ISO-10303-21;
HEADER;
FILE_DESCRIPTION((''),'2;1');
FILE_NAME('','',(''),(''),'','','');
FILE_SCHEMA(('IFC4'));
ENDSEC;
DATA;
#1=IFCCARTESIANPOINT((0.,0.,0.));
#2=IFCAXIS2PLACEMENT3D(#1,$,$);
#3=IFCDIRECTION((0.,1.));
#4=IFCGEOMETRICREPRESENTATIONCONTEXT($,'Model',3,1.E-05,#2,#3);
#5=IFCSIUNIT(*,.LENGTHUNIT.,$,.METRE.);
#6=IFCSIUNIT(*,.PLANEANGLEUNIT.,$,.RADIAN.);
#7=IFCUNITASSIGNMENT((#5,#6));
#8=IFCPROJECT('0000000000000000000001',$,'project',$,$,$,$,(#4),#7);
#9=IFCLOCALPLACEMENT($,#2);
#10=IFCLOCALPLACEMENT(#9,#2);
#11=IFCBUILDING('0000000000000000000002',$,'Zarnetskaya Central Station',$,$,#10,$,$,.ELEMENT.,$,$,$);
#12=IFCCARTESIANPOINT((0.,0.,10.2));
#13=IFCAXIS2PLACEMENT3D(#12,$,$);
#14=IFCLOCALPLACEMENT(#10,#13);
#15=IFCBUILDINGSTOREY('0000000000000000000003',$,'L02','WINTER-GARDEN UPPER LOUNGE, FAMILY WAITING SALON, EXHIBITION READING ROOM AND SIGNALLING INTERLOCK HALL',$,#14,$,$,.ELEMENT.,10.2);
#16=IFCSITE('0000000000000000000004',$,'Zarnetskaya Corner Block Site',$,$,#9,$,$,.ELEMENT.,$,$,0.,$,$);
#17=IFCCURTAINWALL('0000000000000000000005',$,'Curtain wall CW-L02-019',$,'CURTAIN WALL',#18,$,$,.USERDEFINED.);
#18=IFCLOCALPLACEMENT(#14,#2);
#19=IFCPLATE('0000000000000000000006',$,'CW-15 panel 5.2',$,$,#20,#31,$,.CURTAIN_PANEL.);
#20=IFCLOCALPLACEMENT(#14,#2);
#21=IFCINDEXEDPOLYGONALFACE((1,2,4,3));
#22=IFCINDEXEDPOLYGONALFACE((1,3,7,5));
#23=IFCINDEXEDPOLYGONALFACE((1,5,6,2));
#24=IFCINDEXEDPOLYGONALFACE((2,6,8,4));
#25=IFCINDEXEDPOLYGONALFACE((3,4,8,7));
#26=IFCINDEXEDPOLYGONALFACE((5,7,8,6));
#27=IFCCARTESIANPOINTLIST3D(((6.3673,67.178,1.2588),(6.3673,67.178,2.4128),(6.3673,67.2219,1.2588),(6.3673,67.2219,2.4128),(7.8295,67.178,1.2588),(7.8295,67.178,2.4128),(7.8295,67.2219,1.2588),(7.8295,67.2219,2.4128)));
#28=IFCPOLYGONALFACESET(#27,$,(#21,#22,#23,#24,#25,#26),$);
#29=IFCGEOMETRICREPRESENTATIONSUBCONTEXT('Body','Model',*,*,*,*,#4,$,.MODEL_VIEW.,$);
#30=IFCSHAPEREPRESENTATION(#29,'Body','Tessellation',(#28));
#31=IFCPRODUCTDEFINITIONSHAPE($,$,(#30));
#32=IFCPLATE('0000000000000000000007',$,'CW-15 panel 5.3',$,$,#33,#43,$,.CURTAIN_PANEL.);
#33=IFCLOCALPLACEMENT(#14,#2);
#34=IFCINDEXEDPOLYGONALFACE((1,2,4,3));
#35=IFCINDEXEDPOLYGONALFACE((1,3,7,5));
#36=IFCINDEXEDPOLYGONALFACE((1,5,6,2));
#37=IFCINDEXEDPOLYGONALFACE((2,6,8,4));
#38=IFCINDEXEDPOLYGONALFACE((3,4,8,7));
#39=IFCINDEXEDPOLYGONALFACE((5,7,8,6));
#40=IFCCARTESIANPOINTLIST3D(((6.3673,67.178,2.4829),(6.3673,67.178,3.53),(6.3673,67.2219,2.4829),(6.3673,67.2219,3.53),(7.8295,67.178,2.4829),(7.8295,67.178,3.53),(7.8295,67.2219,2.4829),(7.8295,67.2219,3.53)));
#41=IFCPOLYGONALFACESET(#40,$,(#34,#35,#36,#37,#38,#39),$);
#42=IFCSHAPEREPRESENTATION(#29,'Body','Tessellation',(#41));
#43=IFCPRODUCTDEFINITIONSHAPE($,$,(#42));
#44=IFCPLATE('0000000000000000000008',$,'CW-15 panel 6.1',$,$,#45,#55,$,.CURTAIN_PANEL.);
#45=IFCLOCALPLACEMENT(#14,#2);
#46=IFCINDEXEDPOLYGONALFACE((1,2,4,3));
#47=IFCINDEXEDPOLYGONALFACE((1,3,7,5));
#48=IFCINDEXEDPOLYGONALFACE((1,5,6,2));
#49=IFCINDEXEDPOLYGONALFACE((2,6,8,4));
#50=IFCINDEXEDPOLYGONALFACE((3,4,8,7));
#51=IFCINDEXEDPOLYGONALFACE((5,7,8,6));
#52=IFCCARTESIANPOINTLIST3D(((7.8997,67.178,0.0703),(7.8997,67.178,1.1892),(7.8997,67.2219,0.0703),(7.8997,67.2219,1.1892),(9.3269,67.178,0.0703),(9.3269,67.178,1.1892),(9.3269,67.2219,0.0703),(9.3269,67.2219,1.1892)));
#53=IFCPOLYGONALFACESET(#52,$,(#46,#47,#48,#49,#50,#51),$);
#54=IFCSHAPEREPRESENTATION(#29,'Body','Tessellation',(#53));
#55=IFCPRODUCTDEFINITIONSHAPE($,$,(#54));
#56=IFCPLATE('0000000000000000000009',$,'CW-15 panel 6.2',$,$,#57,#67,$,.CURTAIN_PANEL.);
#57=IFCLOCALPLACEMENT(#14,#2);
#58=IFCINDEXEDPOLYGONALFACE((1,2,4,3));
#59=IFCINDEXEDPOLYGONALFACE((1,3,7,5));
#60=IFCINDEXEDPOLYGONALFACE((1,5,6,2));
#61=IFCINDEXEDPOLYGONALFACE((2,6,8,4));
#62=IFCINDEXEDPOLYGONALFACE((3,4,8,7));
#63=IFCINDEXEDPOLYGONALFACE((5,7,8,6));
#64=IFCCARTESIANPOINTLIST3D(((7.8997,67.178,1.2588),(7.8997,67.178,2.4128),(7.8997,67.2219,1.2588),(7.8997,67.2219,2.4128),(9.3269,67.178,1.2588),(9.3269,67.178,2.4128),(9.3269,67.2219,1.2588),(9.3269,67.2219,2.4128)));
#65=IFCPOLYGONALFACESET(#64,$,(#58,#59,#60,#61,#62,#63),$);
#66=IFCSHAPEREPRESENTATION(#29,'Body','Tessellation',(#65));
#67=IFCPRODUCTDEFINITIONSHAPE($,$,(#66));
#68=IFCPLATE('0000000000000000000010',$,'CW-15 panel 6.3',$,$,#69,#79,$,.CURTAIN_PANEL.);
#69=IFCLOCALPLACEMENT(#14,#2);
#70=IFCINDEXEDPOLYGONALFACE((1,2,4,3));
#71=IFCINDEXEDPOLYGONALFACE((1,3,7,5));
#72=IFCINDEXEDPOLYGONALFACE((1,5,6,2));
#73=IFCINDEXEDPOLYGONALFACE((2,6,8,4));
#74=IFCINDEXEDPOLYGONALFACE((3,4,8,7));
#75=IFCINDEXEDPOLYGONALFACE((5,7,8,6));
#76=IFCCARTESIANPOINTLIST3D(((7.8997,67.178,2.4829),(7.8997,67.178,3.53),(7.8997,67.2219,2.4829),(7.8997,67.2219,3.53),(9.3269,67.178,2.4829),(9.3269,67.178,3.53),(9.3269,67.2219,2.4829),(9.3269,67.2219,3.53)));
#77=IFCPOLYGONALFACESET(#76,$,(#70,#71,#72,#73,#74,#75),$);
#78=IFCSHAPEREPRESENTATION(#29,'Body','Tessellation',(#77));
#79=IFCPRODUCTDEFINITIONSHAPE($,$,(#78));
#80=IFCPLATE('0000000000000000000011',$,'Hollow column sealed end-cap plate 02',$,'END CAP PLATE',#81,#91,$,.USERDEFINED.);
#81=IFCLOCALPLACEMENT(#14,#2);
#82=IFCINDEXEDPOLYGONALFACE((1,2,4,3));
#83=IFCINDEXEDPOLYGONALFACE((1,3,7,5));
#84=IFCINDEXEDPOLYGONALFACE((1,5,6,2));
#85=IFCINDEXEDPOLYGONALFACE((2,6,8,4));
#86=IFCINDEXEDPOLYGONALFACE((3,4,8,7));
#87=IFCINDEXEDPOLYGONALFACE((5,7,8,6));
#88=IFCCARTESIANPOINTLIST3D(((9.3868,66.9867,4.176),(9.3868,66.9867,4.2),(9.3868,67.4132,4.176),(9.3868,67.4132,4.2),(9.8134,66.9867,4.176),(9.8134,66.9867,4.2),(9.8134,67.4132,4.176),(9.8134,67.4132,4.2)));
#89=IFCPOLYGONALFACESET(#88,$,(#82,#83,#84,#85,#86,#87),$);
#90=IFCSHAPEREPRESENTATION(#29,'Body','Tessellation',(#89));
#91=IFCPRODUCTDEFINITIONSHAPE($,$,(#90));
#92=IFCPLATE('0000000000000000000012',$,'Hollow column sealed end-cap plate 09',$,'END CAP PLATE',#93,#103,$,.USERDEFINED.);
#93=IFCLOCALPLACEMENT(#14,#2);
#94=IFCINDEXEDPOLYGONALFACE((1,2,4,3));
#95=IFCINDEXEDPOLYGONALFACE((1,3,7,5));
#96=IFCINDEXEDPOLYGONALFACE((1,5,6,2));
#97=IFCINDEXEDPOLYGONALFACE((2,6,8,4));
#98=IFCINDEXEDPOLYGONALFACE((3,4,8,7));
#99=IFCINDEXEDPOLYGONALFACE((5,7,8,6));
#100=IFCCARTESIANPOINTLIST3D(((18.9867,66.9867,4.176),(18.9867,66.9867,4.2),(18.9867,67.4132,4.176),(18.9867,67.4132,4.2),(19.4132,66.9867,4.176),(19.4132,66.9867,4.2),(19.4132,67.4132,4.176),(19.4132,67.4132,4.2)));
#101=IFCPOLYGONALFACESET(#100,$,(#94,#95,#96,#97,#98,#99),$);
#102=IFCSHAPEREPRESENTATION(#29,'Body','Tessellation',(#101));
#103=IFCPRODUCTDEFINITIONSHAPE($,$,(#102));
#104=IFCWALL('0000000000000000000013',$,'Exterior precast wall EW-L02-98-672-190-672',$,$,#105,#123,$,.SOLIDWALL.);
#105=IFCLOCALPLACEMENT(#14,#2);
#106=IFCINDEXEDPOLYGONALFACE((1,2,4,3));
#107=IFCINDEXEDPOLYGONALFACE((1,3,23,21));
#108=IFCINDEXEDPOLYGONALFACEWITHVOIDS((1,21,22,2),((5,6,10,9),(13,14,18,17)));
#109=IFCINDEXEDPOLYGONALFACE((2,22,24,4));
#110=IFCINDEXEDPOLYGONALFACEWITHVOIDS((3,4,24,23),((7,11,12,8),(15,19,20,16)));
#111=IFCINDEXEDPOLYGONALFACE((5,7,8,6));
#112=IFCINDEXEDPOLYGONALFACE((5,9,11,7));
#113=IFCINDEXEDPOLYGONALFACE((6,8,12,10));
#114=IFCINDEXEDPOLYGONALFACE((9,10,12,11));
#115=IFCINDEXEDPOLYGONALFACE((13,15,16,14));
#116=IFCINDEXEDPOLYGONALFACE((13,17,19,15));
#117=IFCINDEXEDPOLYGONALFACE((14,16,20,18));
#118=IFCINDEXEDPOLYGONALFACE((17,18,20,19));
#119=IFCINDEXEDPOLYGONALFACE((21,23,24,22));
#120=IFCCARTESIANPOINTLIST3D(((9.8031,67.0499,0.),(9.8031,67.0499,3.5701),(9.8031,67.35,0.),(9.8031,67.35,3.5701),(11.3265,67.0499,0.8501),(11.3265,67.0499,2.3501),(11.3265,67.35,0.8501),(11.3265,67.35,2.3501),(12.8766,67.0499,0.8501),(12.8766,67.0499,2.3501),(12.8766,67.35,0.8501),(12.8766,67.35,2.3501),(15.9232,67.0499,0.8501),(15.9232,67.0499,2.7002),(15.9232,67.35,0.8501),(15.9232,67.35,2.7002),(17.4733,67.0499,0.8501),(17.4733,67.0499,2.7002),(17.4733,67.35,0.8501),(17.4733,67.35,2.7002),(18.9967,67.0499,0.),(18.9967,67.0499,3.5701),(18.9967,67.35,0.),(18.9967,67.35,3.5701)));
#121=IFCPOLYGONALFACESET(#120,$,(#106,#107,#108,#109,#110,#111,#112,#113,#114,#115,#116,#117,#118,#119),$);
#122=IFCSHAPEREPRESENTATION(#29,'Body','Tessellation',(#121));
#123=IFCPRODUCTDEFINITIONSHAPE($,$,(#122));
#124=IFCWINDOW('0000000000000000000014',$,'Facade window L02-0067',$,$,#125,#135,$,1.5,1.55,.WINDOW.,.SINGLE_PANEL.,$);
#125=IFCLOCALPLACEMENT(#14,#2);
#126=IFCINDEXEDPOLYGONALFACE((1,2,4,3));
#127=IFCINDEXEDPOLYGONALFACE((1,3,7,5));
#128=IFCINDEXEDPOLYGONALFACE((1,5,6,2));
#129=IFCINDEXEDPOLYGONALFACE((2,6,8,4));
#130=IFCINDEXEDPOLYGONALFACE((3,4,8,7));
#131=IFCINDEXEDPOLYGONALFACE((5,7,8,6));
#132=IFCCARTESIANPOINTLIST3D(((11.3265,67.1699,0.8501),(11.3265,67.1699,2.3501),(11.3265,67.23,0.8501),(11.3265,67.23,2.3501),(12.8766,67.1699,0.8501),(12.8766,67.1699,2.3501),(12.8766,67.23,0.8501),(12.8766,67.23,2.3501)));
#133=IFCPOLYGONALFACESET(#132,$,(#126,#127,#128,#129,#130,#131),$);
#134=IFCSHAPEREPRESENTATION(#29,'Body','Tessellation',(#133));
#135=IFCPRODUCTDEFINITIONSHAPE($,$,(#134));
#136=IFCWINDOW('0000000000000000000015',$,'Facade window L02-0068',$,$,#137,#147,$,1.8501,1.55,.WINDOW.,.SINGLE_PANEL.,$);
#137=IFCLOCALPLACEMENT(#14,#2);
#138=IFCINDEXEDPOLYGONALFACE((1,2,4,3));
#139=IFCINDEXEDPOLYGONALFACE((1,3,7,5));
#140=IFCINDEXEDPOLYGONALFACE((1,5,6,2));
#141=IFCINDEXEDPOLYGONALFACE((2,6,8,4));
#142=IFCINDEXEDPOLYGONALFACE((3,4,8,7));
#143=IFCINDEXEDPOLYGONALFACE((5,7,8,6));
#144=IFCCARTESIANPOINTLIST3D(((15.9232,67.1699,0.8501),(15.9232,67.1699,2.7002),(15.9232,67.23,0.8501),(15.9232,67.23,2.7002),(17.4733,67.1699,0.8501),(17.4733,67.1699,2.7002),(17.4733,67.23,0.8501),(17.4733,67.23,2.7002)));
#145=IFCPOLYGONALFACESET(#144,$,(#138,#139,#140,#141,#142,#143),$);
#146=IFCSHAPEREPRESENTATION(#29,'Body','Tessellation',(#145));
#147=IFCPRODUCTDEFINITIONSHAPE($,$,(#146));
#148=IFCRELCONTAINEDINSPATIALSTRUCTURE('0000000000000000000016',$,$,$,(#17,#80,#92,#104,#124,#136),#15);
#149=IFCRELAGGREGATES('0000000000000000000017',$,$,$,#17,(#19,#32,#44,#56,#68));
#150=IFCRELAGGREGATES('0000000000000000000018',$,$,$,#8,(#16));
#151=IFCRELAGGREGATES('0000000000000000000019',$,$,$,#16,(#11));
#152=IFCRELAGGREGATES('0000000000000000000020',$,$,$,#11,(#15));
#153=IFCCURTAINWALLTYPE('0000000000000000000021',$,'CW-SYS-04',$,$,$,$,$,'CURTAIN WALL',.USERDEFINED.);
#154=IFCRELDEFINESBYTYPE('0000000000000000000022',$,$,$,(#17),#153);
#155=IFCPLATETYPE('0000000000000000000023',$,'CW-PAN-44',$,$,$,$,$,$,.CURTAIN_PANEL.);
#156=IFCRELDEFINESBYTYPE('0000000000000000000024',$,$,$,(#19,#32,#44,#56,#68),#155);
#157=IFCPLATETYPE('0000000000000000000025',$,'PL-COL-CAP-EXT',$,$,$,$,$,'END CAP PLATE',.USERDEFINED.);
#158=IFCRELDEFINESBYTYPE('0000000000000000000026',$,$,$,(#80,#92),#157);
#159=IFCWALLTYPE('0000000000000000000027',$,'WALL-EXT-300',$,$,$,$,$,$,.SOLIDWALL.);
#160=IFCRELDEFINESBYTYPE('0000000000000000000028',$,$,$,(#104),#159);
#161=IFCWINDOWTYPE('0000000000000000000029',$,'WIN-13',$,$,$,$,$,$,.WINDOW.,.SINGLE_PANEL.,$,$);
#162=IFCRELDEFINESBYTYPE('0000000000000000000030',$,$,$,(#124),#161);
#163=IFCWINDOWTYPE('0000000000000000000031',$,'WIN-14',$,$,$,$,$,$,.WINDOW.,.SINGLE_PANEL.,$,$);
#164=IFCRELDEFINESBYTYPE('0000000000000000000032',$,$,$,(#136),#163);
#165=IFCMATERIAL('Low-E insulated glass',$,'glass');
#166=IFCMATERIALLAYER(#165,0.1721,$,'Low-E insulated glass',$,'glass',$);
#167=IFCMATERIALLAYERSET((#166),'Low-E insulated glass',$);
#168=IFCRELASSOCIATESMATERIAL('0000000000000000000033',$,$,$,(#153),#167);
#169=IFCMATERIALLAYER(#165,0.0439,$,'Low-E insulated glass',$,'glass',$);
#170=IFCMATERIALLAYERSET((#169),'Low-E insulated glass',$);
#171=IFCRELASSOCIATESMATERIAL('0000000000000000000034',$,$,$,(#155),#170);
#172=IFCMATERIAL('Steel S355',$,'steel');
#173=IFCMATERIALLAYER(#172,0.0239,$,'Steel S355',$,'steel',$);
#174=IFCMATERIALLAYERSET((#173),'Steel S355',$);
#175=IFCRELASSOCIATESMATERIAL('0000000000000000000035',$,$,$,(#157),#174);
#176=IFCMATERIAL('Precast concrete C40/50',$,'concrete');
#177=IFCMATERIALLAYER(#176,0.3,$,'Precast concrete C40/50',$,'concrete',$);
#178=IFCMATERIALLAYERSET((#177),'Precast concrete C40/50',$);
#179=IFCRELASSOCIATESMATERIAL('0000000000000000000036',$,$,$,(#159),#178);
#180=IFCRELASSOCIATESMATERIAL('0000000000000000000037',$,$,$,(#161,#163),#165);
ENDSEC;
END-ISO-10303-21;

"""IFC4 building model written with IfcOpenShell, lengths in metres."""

from ifc_helpers import new_model, si_unit, direction, frame, frame_2d, origin, origin_2d, place, context, subcontext, project, spatial, rectangle, extrude, material, layer, layer_set, type_object, element, fill, aggregate, save


model = new_model("IFC4")

# Units and contexts
model_context = context("Model", 3, precision=1e-05, world=origin(), true_north=direction((0.0, 1.0)))
body_context = subcontext(model_context, "Body", "Model", "MODEL_VIEW")
ifc_project = project(units=[si_unit("LENGTHUNIT", "METRE"), si_unit("PLANEANGLEUNIT", "RADIAN")], contexts=[model_context])

# Site, building, storey
site_placement = place(None, origin())
site = spatial("IfcSite", under=ifc_project, at=site_placement, Name="Zarnetskaya Corner Block Site", CompositionType="ELEMENT", RefElevation=0.0)
building_placement = place(site_placement, origin())
building = spatial("IfcBuilding", under=site, at=building_placement, Name="Zarnetskaya Central Station", CompositionType="ELEMENT")
storey_placement = place(building_placement, frame((0.0, 0.0, 10.2)))
storey = spatial("IfcBuildingStorey", under=building, at=storey_placement, Name="L02", Description="WINTER-GARDEN UPPER LOUNGE, FAMILY WAITING SALON, EXHIBITION READING ROOM AND SIGNALLING INTERLOCK HALL", CompositionType="ELEMENT", Elevation=10.2)

# Shared definitions
ifc_material_1 = material(Name="Steel S355", Category="steel")

# Curtain wall
ifc_material_2 = material(Name="Low-E insulated glass", Category="glass")
ifc_layer_1 = layer(ifc_material_2, 0.1721, Name="Low-E insulated glass", Category="glass")
ifc_layer_set_1 = layer_set([ifc_layer_1], Name="Low-E insulated glass")
curtain_wall_type_1 = type_object("IfcCurtainWallType", Name="CW-SYS-04", ElementType="CURTAIN WALL", PredefinedType="USERDEFINED", material=ifc_layer_set_1)
curtain_wall_1_placement = place(storey_placement, origin())
curtain_wall_1 = element("IfcCurtainWall", 1, at=curtain_wall_1_placement, inside=storey, type_object=curtain_wall_type_1, Name="Curtain wall CW-L02-019", ObjectType="CURTAIN WALL", PredefinedType="USERDEFINED")

# Plates
ifc_layer_2 = layer(ifc_material_2, 0.0439, Name="Low-E insulated glass", Category="glass")
ifc_layer_set_2 = layer_set([ifc_layer_2], Name="Low-E insulated glass")
plate_type_1 = type_object("IfcPlateType", Name="CW-PAN-44", PredefinedType="CURTAIN_PANEL", material=ifc_layer_set_2)
plate_1_placement = place(storey_placement, frame((7.0984, 67.2, 1.2588), z_axis=(0.0, 0.0, 1.0), x_axis=(1.0, 0.0, 0.0)))
plate_1 = element("IfcPlate", 2, at=plate_1_placement, type_object=plate_type_1, Name="CW-15 panel 5.2", PredefinedType="CURTAIN_PANEL", context=body_context, shape_type="SweptSolid", body=[
    extrude(rectangle(XDim=1.4622, YDim=0.0439, at=origin_2d()), origin(), (0.0, 0.0, 1.0), 1.1541),
])
plate_2_placement = place(storey_placement, frame((7.0984, 67.2, 2.4829), z_axis=(0.0, 0.0, 1.0), x_axis=(1.0, 0.0, 0.0)))
plate_2 = element("IfcPlate", 3, at=plate_2_placement, type_object=plate_type_1, Name="CW-15 panel 5.3", PredefinedType="CURTAIN_PANEL", context=body_context, shape_type="SweptSolid", body=[
    extrude(rectangle(XDim=1.4622, YDim=0.0439, at=origin_2d()), origin(), (0.0, 0.0, 1.0), 1.0471),
])
plate_3_placement = place(storey_placement, frame((8.6133, 67.2, 0.0703), z_axis=(0.0, 0.0, 1.0), x_axis=(1.0, 0.0, 0.0)))
plate_3 = element("IfcPlate", 4, at=plate_3_placement, type_object=plate_type_1, Name="CW-15 panel 6.1", PredefinedType="CURTAIN_PANEL", context=body_context, shape_type="SweptSolid", body=[
    extrude(rectangle(XDim=1.4272, YDim=0.0439, at=origin_2d()), origin(), (0.0, 0.0, 1.0), 1.1189),
])
plate_4_placement = place(storey_placement, frame((8.6133, 67.2, 1.2588), z_axis=(0.0, 0.0, 1.0), x_axis=(1.0, 0.0, 0.0)))
plate_4 = element("IfcPlate", 5, at=plate_4_placement, type_object=plate_type_1, Name="CW-15 panel 6.2", PredefinedType="CURTAIN_PANEL", context=body_context, shape_type="SweptSolid", body=[
    extrude(rectangle(XDim=1.4272, YDim=0.0439, at=origin_2d()), origin(), (0.0, 0.0, 1.0), 1.1541),
])
plate_5_placement = place(storey_placement, frame((8.6133, 67.2, 2.4829), z_axis=(0.0, 0.0, 1.0), x_axis=(1.0, 0.0, 0.0)))
plate_5 = element("IfcPlate", 6, at=plate_5_placement, type_object=plate_type_1, Name="CW-15 panel 6.3", PredefinedType="CURTAIN_PANEL", context=body_context, shape_type="SweptSolid", body=[
    extrude(rectangle(XDim=1.4272, YDim=0.0439, at=origin_2d()), origin(), (0.0, 0.0, 1.0), 1.0471),
])
aggregate(curtain_wall_1, [plate_1, plate_2, plate_3, plate_4, plate_5])

# Plates
ifc_layer_3 = layer(ifc_material_1, 0.0239, Name="Steel S355", Category="steel")
ifc_layer_set_3 = layer_set([ifc_layer_3], Name="Steel S355")
plate_type_2 = type_object("IfcPlateType", Name="PL-COL-CAP-EXT", ElementType="END CAP PLATE", PredefinedType="USERDEFINED", material=ifc_layer_set_3)
for number, where, z_axis, x_axis, name in (
    (7, (9.6001, 67.2, 4.176), (0.0, 0.0, 1.0), (1.0, 0.0, 0.0), "Hollow column sealed end-cap plate 02"),
    (8, (19.2, 67.2, 4.176), (0.0, 0.0, 1.0), (1.0, 0.0, 0.0), "Hollow column sealed end-cap plate 09"),
):
    element("IfcPlate", number, at=place(storey_placement, frame(where, z_axis=z_axis, x_axis=x_axis)), inside=storey, type_object=plate_type_2, Name=name, ObjectType="END CAP PLATE", PredefinedType="USERDEFINED", context=body_context, shape_type="SweptSolid", body=[
        extrude(rectangle(XDim=0.4265, YDim=0.4265, at=origin_2d()), origin(), (0.0, 0.0, 1.0), 0.0239),
    ])

# Wall, openings, windows
ifc_material_3 = material(Name="Precast concrete C40/50", Category="concrete")
ifc_layer_4 = layer(ifc_material_3, 0.3, Name="Precast concrete C40/50", Category="concrete")
ifc_layer_set_4 = layer_set([ifc_layer_4], Name="Precast concrete C40/50")
wall_type = type_object("IfcWallType", Name="WALL-EXT-300", PredefinedType="SOLIDWALL", material=ifc_layer_set_4)
wall_placement = place(storey_placement, frame((9.8032, 67.2, 0.0), z_axis=(0.0, 0.0, 1.0), x_axis=(1.0, 0.0, 0.0)))
wall = element("IfcWall", 9, at=wall_placement, inside=storey, type_object=wall_type, Name="Exterior precast wall EW-L02-98-672-190-672", PredefinedType="SOLIDWALL", context=body_context, shape_type="SweptSolid", body=[
    extrude(rectangle(XDim=9.1936, YDim=0.3, at=frame_2d((4.5967, 0.0))), origin(), (0.0, 0.0, 1.0), 3.5701),
])
opening_1_placement = place(wall_placement, frame((1.5234, 0.0, 0.8501)))
opening_1 = element("IfcOpeningElement", 10, at=opening_1_placement, cuts=wall, PredefinedType="OPENING", context=body_context, shape_type="SweptSolid", body=[
    extrude(rectangle(XDim=1.55, YDim=1.5, at=frame_2d((0.7749, 0.75))), frame((0.0, 0.1602, 0.0), z_axis=(0.0, -1.0, 0.0), x_axis=(1.0, 0.0, 0.0)), (0.0, 0.0, 1.0), 0.3201),
])
opening_2_placement = place(wall_placement, frame((6.1201, 0.0, 0.8501)))
opening_2 = element("IfcOpeningElement", 11, at=opening_2_placement, cuts=wall, PredefinedType="OPENING", context=body_context, shape_type="SweptSolid", body=[
    extrude(rectangle(XDim=1.55, YDim=1.8501, at=frame_2d((0.7749, 0.925))), frame((0.0, 0.1602, 0.0), z_axis=(0.0, -1.0, 0.0), x_axis=(1.0, 0.0, 0.0)), (0.0, 0.0, 1.0), 0.3201),
])
window_type_1 = type_object("IfcWindowType", Name="WIN-13", PartitioningType="SINGLE_PANEL", PredefinedType="WINDOW", material=ifc_material_2)
window_1_placement = place(opening_1_placement, origin())
window_1 = element("IfcWindow", 12, at=window_1_placement, inside=storey, type_object=window_type_1, Name="Facade window L02-0067", OverallHeight=1.5, OverallWidth=1.55, PartitioningType="SINGLE_PANEL", PredefinedType="WINDOW", context=body_context, shape_type="SweptSolid", body=[
    extrude(rectangle(XDim=1.55, YDim=1.5, at=frame_2d((0.7749, 0.75))), frame((0.0, 0.03, 0.0), z_axis=(0.0, -1.0, 0.0), x_axis=(1.0, 0.0, 0.0)), (0.0, 0.0, 1.0), 0.0601),
])
fill(opening_1, window_1)
window_type_2 = type_object("IfcWindowType", Name="WIN-14", PartitioningType="SINGLE_PANEL", PredefinedType="WINDOW", material=ifc_material_2)
window_2_placement = place(opening_2_placement, origin())
window_2 = element("IfcWindow", 13, at=window_2_placement, inside=storey, type_object=window_type_2, Name="Facade window L02-0068", OverallHeight=1.8501, OverallWidth=1.55, PartitioningType="SINGLE_PANEL", PredefinedType="WINDOW", context=body_context, shape_type="SweptSolid", body=[
    extrude(rectangle(XDim=1.55, YDim=1.8501, at=frame_2d((0.7749, 0.925))), frame((0.0, 0.03, 0.0), z_axis=(0.0, -1.0, 0.0), x_axis=(1.0, 0.0, 0.0)), (0.0, 0.0, 1.0), 0.0601),
])
fill(opening_2, window_2)

save(model, "model.ifc")
